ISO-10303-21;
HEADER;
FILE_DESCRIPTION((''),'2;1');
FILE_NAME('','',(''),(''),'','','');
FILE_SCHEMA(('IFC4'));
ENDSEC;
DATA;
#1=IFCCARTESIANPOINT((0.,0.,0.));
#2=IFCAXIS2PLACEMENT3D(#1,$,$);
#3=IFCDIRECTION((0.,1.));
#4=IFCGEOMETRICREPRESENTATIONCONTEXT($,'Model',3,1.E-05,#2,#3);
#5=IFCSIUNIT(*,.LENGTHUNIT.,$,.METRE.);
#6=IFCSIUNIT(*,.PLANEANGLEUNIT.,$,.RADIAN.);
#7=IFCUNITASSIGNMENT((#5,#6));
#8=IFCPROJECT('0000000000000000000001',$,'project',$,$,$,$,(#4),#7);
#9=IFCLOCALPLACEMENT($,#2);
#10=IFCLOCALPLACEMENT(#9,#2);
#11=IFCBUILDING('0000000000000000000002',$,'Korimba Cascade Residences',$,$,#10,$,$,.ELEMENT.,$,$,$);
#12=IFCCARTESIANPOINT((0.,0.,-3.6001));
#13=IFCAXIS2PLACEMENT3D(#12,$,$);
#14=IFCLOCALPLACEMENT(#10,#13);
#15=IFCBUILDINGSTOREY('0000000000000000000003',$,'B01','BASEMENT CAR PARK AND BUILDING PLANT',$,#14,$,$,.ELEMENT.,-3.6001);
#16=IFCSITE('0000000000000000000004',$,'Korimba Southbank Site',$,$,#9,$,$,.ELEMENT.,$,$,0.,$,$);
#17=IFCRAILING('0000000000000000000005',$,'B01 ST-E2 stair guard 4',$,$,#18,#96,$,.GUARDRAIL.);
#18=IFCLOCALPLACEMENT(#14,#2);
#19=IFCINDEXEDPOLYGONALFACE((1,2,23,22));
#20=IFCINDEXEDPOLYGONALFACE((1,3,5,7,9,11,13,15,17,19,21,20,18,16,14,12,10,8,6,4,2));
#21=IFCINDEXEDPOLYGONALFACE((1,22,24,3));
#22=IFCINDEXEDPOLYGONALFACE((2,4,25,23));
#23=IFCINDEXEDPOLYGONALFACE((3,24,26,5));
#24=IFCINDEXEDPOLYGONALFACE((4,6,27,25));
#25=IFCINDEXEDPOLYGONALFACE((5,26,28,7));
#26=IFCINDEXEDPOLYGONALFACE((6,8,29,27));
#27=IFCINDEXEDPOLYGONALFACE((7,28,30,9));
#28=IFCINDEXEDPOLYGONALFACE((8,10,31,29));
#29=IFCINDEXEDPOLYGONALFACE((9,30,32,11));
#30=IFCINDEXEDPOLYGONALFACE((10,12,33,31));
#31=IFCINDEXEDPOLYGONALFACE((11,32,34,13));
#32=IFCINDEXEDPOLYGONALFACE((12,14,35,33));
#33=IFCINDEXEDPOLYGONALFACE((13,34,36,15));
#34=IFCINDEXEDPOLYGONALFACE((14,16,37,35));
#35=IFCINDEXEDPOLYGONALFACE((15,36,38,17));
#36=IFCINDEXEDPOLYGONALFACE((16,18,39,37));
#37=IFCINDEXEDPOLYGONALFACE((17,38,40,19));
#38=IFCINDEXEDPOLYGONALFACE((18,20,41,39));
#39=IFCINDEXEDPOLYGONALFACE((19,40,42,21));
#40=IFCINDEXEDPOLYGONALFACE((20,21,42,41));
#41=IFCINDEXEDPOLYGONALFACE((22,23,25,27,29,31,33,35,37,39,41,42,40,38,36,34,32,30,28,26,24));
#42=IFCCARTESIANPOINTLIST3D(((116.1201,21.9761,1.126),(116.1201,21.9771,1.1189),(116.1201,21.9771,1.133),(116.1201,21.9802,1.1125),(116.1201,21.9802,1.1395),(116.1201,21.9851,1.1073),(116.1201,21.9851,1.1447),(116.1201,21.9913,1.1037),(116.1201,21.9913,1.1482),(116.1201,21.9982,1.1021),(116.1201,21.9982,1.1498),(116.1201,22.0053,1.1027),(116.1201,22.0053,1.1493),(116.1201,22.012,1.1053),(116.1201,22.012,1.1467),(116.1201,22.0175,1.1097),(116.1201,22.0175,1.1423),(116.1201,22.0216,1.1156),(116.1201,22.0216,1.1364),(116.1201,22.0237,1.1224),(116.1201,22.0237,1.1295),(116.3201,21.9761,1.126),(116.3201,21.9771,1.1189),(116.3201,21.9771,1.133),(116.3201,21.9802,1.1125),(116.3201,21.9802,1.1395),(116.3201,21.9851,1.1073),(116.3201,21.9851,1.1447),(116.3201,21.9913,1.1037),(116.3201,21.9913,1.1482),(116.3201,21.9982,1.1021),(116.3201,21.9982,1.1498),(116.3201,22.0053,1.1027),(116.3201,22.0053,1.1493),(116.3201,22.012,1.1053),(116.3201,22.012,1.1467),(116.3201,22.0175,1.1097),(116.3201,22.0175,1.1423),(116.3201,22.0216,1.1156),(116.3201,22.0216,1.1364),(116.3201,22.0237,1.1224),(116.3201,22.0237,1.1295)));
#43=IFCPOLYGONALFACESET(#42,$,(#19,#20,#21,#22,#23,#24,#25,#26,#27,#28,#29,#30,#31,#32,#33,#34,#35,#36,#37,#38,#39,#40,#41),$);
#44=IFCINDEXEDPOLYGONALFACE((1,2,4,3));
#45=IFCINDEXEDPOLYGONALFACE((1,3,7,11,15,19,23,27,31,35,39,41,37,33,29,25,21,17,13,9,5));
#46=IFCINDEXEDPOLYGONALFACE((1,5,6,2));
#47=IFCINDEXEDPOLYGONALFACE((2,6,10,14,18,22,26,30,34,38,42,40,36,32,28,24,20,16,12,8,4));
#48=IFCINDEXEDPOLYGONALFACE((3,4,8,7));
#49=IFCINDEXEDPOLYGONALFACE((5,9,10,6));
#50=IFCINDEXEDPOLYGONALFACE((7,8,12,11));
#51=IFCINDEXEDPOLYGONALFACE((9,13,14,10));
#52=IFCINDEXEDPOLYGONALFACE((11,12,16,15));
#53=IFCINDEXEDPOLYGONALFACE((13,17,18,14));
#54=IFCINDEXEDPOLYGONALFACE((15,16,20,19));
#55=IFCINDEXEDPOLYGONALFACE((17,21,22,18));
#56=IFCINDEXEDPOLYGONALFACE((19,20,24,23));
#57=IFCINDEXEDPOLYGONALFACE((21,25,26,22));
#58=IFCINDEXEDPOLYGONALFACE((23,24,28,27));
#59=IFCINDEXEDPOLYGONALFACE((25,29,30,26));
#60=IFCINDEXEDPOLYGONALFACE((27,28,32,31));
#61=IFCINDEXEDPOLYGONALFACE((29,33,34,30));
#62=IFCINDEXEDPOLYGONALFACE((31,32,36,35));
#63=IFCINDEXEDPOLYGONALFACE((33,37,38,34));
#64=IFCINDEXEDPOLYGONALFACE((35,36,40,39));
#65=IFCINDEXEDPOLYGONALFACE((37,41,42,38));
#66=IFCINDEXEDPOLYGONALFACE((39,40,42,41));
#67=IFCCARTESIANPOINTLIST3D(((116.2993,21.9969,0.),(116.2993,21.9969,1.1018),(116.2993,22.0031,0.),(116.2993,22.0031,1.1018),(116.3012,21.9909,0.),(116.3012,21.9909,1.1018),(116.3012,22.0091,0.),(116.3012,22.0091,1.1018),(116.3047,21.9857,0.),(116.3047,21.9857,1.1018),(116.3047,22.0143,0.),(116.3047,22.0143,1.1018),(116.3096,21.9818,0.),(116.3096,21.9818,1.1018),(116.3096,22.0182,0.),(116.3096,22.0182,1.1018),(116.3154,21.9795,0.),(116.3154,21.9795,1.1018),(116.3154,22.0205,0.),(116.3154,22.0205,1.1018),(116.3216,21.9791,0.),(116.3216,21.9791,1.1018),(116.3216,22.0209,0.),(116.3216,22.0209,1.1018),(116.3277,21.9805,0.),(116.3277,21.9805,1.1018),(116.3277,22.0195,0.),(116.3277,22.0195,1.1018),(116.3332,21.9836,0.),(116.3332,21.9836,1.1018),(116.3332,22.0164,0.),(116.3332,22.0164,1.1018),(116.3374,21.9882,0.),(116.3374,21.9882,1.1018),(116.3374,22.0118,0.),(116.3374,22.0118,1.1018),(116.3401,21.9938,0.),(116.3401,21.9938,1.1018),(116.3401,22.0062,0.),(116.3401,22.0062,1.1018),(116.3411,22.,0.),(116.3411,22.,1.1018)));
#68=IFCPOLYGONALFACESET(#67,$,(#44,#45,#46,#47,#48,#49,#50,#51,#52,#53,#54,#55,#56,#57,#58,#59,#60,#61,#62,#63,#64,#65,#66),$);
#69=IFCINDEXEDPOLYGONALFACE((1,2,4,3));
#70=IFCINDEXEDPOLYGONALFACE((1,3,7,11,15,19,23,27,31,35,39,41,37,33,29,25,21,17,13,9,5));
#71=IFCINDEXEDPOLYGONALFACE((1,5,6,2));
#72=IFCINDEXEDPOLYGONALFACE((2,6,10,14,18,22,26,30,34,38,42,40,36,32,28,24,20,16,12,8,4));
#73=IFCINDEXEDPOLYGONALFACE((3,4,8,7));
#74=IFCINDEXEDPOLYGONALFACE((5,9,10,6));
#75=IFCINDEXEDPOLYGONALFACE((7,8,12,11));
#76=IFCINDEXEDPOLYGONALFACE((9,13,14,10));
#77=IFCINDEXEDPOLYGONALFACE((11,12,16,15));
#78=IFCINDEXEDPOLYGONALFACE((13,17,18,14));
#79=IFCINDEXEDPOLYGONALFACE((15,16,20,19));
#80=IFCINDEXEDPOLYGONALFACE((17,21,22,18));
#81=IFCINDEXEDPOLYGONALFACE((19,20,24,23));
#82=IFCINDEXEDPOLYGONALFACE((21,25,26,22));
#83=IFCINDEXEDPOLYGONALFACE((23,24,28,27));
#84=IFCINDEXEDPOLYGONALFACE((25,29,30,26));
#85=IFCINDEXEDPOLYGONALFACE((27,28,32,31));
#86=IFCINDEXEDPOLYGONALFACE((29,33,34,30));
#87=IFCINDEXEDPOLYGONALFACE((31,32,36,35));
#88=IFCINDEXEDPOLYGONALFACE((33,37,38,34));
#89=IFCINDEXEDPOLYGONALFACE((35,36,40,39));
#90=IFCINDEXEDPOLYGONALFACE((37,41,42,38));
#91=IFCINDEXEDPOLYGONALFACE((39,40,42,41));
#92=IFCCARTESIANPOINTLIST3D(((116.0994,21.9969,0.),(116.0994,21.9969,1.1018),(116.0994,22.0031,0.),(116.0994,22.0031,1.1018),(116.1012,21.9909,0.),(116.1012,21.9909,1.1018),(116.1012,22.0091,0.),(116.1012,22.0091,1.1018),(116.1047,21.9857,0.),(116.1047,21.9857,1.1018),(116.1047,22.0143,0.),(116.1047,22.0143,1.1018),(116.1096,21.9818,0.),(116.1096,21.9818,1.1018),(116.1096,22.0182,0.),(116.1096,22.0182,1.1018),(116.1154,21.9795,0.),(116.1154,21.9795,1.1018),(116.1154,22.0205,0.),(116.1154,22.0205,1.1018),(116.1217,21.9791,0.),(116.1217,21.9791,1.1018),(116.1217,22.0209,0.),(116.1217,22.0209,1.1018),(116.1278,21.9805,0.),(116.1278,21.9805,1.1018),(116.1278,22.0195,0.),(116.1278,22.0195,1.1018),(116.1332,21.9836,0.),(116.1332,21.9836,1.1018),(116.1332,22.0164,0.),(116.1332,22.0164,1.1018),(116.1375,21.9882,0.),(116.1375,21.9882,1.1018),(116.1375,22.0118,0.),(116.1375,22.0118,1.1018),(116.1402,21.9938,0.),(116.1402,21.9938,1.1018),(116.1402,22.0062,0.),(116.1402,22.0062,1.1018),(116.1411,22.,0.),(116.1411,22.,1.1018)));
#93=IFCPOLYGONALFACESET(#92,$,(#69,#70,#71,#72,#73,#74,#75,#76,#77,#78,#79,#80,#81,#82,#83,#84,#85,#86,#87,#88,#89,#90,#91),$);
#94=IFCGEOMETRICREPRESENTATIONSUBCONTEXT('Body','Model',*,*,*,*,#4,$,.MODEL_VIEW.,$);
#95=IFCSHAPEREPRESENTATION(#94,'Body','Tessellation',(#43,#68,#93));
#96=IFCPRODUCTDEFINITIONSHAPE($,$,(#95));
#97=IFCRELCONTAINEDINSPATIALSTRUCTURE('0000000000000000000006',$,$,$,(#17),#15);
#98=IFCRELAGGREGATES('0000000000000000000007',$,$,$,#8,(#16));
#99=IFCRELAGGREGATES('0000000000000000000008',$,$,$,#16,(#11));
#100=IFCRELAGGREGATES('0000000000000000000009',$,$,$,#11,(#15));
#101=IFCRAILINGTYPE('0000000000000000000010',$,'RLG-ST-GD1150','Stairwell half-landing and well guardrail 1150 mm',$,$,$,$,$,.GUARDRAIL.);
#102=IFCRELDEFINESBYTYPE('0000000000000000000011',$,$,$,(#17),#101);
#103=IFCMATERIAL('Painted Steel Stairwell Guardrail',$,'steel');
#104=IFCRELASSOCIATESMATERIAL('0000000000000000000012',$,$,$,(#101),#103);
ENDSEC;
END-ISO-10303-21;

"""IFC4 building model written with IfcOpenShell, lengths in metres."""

from ifc_helpers import new_model, si_unit, direction, frame, origin, origin_2d, place, context, subcontext, project, spatial, circle, extrude, material, type_object, element, save


model = new_model("IFC4")

# Units and contexts
model_context = context("Model", 3, precision=1e-05, world=origin(), true_north=direction((0.0, 1.0)))
body_context = subcontext(model_context, "Body", "Model", "MODEL_VIEW")
ifc_project = project(units=[si_unit("LENGTHUNIT", "METRE"), si_unit("PLANEANGLEUNIT", "RADIAN")], contexts=[model_context])

# Site, building, storey
site_placement = place(None, origin())
site = spatial("IfcSite", under=ifc_project, at=site_placement, Name="Korimba Southbank Site", CompositionType="ELEMENT", RefElevation=0.0)
building_placement = place(site_placement, origin())
building = spatial("IfcBuilding", under=site, at=building_placement, Name="Korimba Cascade Residences", CompositionType="ELEMENT")
storey_placement = place(building_placement, frame((0.0, 0.0, -3.6001)))
storey = spatial("IfcBuildingStorey", under=building, at=storey_placement, Name="B01", Description="BASEMENT CAR PARK AND BUILDING PLANT", CompositionType="ELEMENT", Elevation=-3.6001)

# Railing
ifc_material_1 = material(Name="Painted Steel Stairwell Guardrail", Category="steel")
railing_type_1 = type_object("IfcRailingType", Name="RLG-ST-GD1150", Description="Stairwell half-landing and well guardrail 1150 mm", PredefinedType="GUARDRAIL", material=ifc_material_1)
railing_1_placement = place(storey_placement, frame((116.3201, 22.0, 0.0)))
element("IfcRailing", 1, at=railing_1_placement, inside=storey, type_object=railing_type_1, Name="B01 ST-E2 stair guard 4", PredefinedType="GUARDRAIL", context=body_context, shape_type="SweptSolid", body=[
    extrude(circle(Radius=0.0239, at=origin_2d()), frame((0.0, 0.0, 1.126), z_axis=(-1.0, 0.0, 0.0), x_axis=(0.0, -1.0, 0.0)), (0.0, 0.0, 1.0), 0.2),
    extrude(circle(Radius=0.021, at=origin_2d()), origin(), (0.0, 0.0, 1.0), 1.1018),
    extrude(circle(Radius=0.021, at=origin_2d()), frame((-0.2, 0.0, 0.0)), (0.0, 0.0, 1.0), 1.1018),
])

save(model, "model.ifc")
